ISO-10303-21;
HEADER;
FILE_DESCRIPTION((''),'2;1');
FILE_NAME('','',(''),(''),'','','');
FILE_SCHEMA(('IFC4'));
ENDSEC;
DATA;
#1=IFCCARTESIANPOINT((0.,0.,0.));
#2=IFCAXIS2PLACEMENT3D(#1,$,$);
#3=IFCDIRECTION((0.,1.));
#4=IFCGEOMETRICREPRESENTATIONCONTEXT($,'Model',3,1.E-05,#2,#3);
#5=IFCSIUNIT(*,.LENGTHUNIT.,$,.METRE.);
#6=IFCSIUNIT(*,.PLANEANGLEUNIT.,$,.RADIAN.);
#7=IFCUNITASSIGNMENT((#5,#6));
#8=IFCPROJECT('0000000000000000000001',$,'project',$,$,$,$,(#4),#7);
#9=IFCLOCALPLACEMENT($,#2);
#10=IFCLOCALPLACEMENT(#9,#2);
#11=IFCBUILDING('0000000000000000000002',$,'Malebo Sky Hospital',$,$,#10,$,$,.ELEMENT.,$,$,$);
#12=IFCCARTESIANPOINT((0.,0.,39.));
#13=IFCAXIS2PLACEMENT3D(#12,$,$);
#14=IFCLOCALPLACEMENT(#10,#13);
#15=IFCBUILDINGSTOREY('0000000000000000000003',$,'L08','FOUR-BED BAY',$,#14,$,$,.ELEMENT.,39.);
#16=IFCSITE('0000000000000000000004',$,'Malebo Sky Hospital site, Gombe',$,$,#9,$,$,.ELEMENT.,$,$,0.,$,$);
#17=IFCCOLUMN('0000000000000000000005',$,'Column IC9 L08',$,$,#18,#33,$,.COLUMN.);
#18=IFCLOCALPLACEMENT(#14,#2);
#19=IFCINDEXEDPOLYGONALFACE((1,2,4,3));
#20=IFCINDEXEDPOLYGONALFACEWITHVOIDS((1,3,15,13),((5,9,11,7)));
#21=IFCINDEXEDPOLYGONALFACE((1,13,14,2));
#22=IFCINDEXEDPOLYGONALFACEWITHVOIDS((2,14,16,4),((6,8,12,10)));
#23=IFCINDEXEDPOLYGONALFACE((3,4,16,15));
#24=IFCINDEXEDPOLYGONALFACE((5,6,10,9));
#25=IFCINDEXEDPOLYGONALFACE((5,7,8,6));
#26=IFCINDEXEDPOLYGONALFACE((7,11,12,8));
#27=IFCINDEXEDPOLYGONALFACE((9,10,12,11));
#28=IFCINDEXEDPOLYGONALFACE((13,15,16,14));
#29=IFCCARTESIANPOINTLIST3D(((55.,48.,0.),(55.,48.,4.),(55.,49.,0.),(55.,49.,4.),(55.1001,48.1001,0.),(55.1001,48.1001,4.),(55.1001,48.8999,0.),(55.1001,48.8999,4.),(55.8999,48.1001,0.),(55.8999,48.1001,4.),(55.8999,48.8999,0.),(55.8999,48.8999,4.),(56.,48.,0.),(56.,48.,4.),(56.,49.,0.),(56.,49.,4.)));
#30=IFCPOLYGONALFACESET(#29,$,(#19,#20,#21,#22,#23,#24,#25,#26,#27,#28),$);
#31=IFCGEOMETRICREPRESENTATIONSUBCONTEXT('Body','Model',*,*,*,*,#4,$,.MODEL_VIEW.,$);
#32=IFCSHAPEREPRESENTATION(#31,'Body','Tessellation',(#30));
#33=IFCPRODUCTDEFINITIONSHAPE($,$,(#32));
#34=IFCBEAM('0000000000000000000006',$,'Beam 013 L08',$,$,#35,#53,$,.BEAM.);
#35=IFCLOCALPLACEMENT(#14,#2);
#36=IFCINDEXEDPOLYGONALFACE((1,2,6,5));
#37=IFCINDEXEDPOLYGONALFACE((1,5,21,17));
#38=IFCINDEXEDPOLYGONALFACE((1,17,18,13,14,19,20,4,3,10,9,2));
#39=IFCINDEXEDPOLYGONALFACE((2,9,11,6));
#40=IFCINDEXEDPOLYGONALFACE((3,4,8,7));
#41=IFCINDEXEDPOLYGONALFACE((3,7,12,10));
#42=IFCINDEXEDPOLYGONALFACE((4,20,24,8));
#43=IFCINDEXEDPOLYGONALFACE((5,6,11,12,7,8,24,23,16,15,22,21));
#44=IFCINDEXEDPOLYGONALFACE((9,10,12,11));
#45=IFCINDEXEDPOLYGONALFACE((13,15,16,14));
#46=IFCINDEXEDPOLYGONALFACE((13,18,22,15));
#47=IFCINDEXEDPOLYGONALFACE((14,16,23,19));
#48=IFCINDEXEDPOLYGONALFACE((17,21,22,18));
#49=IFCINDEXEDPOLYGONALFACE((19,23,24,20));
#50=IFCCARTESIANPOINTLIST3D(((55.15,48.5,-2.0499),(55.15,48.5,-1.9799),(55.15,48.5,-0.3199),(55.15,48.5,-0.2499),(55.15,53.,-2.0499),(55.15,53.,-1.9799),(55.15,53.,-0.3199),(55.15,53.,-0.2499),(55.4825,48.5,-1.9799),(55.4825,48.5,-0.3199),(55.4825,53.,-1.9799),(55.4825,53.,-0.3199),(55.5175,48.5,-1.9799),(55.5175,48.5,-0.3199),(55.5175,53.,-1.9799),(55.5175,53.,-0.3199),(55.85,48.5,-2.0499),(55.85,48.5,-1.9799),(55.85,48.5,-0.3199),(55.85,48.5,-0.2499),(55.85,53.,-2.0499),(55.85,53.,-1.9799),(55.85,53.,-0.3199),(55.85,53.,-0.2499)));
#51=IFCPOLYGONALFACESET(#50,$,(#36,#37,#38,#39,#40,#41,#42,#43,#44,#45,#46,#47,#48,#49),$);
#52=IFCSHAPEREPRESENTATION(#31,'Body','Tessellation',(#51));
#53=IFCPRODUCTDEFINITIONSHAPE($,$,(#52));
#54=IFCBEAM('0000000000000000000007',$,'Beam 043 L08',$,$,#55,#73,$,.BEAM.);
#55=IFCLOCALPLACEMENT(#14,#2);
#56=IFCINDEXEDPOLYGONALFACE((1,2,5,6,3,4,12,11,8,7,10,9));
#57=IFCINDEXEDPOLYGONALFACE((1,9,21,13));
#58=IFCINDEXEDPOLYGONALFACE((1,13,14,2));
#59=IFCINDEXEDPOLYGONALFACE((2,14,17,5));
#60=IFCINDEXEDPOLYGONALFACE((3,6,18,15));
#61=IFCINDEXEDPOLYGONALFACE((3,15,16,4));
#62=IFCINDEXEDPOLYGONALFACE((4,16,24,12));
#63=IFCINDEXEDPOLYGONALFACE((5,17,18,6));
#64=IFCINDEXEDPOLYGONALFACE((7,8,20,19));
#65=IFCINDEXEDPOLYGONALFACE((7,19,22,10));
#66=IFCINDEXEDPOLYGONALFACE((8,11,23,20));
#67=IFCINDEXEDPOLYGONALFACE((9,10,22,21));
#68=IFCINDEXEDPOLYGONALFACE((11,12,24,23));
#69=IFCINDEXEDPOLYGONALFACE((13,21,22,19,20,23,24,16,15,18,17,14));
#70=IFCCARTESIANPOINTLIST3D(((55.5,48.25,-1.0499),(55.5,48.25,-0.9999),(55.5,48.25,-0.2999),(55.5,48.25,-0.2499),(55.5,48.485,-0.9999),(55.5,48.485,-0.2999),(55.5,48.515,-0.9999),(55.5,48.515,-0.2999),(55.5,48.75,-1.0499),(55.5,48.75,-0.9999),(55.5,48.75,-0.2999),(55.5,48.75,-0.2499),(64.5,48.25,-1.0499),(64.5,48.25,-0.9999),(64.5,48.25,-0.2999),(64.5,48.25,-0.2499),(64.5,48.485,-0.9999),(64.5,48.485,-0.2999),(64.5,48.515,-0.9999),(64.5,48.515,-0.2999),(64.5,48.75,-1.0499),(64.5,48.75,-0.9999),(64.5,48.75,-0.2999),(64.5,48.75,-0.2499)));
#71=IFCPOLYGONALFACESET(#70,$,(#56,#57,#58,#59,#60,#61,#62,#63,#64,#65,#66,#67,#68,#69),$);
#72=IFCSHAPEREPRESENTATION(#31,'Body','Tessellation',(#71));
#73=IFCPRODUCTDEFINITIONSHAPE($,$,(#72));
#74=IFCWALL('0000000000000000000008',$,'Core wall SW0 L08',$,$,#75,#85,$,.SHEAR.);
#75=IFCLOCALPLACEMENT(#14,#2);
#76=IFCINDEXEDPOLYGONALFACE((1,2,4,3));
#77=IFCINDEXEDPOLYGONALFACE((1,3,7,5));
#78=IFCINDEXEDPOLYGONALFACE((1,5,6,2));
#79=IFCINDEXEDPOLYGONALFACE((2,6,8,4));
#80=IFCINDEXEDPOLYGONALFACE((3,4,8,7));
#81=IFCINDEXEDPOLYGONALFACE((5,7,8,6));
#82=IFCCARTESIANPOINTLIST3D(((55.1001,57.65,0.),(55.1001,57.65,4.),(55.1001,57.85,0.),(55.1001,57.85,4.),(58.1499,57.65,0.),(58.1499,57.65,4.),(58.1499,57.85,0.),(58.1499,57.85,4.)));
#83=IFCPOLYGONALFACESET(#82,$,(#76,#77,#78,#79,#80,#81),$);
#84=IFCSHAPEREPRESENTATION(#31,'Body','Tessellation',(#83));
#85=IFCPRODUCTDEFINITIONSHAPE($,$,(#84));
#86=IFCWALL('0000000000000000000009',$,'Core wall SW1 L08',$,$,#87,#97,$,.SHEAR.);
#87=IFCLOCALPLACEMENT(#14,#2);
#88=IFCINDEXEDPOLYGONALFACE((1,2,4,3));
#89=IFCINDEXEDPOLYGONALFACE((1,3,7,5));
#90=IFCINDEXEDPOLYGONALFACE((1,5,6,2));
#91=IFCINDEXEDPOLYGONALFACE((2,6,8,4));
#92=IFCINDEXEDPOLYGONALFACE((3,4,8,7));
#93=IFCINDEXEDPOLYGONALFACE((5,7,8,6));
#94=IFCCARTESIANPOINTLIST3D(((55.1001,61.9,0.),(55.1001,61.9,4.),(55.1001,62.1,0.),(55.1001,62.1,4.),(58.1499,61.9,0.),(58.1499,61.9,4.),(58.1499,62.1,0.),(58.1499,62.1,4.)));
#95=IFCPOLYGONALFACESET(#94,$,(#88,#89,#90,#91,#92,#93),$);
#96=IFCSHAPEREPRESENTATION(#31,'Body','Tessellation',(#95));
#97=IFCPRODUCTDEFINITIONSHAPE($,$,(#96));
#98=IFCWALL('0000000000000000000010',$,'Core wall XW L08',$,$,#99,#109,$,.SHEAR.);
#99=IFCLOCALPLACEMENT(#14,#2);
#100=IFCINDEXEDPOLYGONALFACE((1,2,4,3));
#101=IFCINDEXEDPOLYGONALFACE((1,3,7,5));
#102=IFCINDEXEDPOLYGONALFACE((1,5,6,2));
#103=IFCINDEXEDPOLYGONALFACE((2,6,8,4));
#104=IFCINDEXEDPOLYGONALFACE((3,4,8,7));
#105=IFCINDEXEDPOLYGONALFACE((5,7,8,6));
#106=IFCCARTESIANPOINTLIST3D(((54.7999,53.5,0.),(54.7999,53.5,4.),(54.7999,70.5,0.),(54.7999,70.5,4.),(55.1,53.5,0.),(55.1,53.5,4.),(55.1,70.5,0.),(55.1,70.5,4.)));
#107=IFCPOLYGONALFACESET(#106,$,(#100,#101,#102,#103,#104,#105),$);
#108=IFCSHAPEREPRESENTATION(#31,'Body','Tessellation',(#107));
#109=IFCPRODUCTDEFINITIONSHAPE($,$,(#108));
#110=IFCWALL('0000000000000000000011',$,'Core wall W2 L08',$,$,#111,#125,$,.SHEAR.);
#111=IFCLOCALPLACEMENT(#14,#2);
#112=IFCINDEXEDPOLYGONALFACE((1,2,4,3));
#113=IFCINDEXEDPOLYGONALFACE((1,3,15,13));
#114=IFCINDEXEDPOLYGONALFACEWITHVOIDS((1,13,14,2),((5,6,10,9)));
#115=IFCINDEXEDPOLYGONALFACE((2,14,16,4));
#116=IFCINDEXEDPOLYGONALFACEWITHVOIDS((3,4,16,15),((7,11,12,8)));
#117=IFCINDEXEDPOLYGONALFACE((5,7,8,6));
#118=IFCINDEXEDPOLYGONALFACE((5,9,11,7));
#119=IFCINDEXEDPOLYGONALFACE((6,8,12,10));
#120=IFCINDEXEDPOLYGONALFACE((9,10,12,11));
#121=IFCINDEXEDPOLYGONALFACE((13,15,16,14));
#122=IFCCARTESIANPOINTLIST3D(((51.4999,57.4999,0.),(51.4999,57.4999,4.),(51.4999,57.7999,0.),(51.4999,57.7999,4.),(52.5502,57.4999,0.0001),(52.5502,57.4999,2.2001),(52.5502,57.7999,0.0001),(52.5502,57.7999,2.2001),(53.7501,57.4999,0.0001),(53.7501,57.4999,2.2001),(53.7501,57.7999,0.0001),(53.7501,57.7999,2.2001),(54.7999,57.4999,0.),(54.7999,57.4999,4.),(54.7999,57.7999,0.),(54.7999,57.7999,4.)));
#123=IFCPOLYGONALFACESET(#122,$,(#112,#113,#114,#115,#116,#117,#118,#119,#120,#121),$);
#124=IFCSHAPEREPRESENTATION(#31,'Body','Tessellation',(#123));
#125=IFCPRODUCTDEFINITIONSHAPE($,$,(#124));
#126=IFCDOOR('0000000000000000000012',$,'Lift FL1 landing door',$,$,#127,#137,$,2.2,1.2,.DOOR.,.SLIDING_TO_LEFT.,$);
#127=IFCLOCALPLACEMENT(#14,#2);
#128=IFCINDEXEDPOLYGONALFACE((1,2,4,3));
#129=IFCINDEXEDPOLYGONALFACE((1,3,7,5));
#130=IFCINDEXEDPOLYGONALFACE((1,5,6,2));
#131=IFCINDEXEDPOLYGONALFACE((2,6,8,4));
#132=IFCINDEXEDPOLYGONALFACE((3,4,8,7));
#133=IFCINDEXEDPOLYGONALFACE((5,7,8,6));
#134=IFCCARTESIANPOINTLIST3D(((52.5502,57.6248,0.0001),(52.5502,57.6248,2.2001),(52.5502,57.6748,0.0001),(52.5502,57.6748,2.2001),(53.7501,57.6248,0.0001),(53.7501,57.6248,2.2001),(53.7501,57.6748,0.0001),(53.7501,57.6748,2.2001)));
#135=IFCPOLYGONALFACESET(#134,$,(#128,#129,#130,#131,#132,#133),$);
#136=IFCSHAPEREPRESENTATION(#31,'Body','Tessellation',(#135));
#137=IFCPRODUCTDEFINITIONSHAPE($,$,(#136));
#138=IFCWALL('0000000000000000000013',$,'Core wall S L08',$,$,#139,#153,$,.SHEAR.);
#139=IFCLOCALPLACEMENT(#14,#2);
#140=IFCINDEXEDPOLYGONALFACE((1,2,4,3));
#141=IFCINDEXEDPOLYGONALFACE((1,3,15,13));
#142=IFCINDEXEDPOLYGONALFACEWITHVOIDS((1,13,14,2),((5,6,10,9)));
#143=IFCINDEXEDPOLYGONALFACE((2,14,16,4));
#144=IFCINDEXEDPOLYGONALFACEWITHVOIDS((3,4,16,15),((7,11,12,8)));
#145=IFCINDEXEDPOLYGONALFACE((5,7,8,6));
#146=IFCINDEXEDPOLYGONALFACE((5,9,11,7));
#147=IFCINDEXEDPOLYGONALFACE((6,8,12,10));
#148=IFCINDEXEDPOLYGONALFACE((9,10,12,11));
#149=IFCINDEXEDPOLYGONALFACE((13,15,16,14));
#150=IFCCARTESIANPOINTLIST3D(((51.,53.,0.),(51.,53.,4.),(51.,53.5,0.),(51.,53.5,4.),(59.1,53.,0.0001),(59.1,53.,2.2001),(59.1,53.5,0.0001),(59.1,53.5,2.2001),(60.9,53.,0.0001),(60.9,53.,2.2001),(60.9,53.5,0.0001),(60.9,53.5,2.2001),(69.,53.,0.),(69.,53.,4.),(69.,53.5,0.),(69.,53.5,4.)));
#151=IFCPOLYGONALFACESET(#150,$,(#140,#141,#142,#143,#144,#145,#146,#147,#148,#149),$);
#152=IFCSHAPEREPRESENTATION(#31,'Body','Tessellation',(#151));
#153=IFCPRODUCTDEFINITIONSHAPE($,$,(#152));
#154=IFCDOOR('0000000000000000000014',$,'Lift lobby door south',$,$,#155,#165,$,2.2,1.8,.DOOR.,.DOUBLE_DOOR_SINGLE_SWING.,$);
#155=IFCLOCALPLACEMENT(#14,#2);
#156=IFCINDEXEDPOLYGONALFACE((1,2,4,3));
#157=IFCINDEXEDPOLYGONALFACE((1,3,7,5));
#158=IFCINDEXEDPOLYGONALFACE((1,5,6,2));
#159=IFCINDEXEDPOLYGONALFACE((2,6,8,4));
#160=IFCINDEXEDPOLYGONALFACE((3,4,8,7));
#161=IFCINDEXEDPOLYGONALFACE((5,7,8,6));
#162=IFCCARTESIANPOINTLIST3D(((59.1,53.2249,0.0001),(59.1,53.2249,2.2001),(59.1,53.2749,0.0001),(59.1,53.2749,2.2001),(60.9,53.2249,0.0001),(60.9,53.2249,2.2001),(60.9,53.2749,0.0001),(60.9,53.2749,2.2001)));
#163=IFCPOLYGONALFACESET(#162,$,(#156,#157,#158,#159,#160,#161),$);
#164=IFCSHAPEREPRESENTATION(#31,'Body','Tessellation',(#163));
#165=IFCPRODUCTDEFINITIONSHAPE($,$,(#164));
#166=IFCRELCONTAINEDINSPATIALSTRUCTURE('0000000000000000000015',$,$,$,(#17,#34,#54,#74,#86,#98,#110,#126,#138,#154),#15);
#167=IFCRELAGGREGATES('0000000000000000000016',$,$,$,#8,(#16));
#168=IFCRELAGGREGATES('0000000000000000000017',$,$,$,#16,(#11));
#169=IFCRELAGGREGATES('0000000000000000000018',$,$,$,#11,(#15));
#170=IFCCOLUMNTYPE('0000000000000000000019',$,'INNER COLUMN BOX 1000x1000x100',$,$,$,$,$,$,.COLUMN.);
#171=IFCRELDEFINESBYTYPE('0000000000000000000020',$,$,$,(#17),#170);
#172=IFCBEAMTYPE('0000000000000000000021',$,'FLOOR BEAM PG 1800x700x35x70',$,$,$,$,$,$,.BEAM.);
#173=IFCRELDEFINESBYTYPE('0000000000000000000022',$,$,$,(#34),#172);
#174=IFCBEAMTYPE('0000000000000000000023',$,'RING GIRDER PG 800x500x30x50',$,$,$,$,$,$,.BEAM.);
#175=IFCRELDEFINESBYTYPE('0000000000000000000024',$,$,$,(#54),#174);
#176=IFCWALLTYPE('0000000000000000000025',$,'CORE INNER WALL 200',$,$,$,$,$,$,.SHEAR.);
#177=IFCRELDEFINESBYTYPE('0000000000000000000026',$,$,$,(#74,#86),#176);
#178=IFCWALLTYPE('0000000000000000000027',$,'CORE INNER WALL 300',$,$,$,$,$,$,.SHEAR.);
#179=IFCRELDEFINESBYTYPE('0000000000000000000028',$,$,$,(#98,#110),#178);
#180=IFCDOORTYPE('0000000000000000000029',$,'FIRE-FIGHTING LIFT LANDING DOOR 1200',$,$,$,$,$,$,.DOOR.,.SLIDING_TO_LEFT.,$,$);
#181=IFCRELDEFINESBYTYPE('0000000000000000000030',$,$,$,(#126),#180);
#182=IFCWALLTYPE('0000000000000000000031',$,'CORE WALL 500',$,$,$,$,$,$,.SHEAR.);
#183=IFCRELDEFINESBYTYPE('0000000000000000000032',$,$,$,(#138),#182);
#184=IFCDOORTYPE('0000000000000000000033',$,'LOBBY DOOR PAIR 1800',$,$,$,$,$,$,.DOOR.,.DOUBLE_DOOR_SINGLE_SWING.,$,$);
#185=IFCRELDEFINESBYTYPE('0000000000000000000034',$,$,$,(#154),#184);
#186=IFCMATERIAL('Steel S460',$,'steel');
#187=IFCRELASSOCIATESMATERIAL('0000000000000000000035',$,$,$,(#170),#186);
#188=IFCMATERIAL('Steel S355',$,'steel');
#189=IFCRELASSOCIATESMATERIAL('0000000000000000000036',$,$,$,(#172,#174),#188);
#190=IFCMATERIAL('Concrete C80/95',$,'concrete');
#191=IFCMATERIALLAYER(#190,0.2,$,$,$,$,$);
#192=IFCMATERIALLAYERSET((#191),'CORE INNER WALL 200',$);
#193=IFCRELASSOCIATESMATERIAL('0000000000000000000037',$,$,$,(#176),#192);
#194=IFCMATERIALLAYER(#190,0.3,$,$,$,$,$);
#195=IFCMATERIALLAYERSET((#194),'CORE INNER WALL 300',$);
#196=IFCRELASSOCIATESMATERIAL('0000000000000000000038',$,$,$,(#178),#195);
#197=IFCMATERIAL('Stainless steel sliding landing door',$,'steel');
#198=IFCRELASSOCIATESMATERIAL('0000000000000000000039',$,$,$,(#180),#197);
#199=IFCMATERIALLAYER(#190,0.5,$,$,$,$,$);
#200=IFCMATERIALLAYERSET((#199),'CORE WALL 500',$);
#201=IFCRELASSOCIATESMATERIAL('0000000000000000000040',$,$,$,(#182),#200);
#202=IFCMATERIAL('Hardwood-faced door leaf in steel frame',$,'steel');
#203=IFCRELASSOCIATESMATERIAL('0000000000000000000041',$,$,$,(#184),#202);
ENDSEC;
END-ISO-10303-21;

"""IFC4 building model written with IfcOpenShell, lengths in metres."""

from ifc_helpers import new_model, si_unit, direction, frame, frame_2d, origin, origin_2d, place, context, subcontext, project, spatial, rectangle, hollow_rectangle, i_section, extrude, material, layer, layer_set, material_profile, profile_set, type_object, element, fill, save


model = new_model("IFC4")

# Units and contexts
model_context = context("Model", 3, precision=1e-05, world=origin(), true_north=direction((0.0, 1.0)))
body_context = subcontext(model_context, "Body", "Model", "MODEL_VIEW")
ifc_project = project(units=[si_unit("LENGTHUNIT", "METRE"), si_unit("PLANEANGLEUNIT", "RADIAN")], contexts=[model_context])

# Site, building, storey
site_placement = place(None, origin())
site = spatial("IfcSite", under=ifc_project, at=site_placement, Name="Malebo Sky Hospital site, Gombe", CompositionType="ELEMENT", RefElevation=0.0)
building_placement = place(site_placement, origin())
building = spatial("IfcBuilding", under=site, at=building_placement, Name="Malebo Sky Hospital", CompositionType="ELEMENT")
storey_placement = place(building_placement, frame((0.0, 0.0, 39.0)))
storey = spatial("IfcBuildingStorey", under=building, at=storey_placement, Name="L08", Description="FOUR-BED BAY", CompositionType="ELEMENT", Elevation=39.0)

# Column
ifc_material_1 = material(Name="Steel S460", Category="steel")
ifc_material_profile_1 = material_profile(ifc_material_1, hollow_rectangle(XDim=1.0, YDim=1.0, WallThickness=0.1001, at=origin_2d()), Name="BOX 1000x1000x100")
ifc_profile_set_1 = profile_set([ifc_material_profile_1], Name="Steel S460")
column_type = type_object("IfcColumnType", Name="INNER COLUMN BOX 1000x1000x100", PredefinedType="COLUMN", material=ifc_profile_set_1)
column_placement = place(storey_placement, frame((55.5, 48.5, 0.0), z_axis=(0.0, 0.0, 1.0), x_axis=(1.0, 0.0, 0.0)))
element("IfcColumn", 1, at=column_placement, inside=storey, type_object=column_type, Name="Column IC9 L08", PredefinedType="COLUMN", context=body_context, shape_type="SweptSolid", body=[
    extrude(hollow_rectangle(XDim=1.0, YDim=1.0, WallThickness=0.1001, at=origin_2d()), origin(), (0.0, 0.0, 1.0), 4.0),
])

# Beams
ifc_material_2 = material(Name="Steel S355", Category="steel")
ifc_material_profile_2 = material_profile(ifc_material_2, i_section(OverallWidth=0.7, OverallDepth=1.8, WebThickness=0.0349, FlangeThickness=0.0701, at=origin_2d()), Name="PG 1800x700x35x70")
ifc_profile_set_2 = profile_set([ifc_material_profile_2], Name="Steel S355")
beam_type_1 = type_object("IfcBeamType", Name="FLOOR BEAM PG 1800x700x35x70", PredefinedType="BEAM", material=ifc_profile_set_2)
beam_1_placement = place(storey_placement, frame((55.5, 48.5, -1.1499), z_axis=(0.0, 1.0, 0.0), x_axis=(-1.0, 0.0, 0.0)))
element("IfcBeam", 2, at=beam_1_placement, inside=storey, type_object=beam_type_1, Name="Beam 013 L08", PredefinedType="BEAM", context=body_context, shape_type="SweptSolid", body=[
    extrude(i_section(OverallWidth=0.7, OverallDepth=1.8, WebThickness=0.0349, FlangeThickness=0.0701, at=origin_2d()), origin(), (0.0, 0.0, 1.0), 4.5),
])
ifc_material_profile_3 = material_profile(ifc_material_2, i_section(OverallWidth=0.5, OverallDepth=0.8, WebThickness=0.03, FlangeThickness=0.05, at=origin_2d()), Name="PG 800x500x30x50")
ifc_profile_set_3 = profile_set([ifc_material_profile_3], Name="Steel S355")
beam_type_2 = type_object("IfcBeamType", Name="RING GIRDER PG 800x500x30x50", PredefinedType="BEAM", material=ifc_profile_set_3)
beam_2_placement = place(storey_placement, frame((55.5, 48.5, -0.6499), z_axis=(1.0, 0.0, 0.0), x_axis=(0.0, 1.0, 0.0)))
element("IfcBeam", 3, at=beam_2_placement, inside=storey, type_object=beam_type_2, Name="Beam 043 L08", PredefinedType="BEAM", context=body_context, shape_type="SweptSolid", body=[
    extrude(i_section(OverallWidth=0.5, OverallDepth=0.8, WebThickness=0.03, FlangeThickness=0.05, at=origin_2d()), origin(), (0.0, 0.0, 1.0), 9.0),
])

# Walls
ifc_material_3 = material(Name="Concrete C80/95", Category="concrete")
ifc_layer_1 = layer(ifc_material_3, 0.2)
ifc_layer_set_1 = layer_set([ifc_layer_1], Name="CORE INNER WALL 200")
wall_type_1 = type_object("IfcWallType", Name="CORE INNER WALL 200", PredefinedType="SHEAR", material=ifc_layer_set_1)
for number, where, z_axis, x_axis, name in (
    (4, (55.1001, 57.75, 0.0), (0.0, 0.0, 1.0), (1.0, 0.0, 0.0), "Core wall SW0 L08"),
    (5, (55.1001, 62.0, 0.0), (0.0, 0.0, 1.0), (1.0, 0.0, 0.0), "Core wall SW1 L08"),
):
    element("IfcWall", number, at=place(storey_placement, frame(where, z_axis=z_axis, x_axis=x_axis)), inside=storey, type_object=wall_type_1, Name=name, PredefinedType="SHEAR", context=body_context, shape_type="SweptSolid", body=[
        extrude(rectangle(XDim=3.0498, YDim=0.2, at=frame_2d((1.5249, 0.0))), origin(), (0.0, 0.0, 1.0), 4.0),
    ])
ifc_layer_2 = layer(ifc_material_3, 0.3)
ifc_layer_set_2 = layer_set([ifc_layer_2], Name="CORE INNER WALL 300")
wall_type_2 = type_object("IfcWallType", Name="CORE INNER WALL 300", PredefinedType="SHEAR", material=ifc_layer_set_2)
wall_1_placement = place(storey_placement, frame((54.95, 53.5, 0.0), z_axis=(0.0, 0.0, 1.0), x_axis=(0.0, 1.0, 0.0)))
element("IfcWall", 6, at=wall_1_placement, inside=storey, type_object=wall_type_2, Name="Core wall XW L08", PredefinedType="SHEAR", context=body_context, shape_type="SweptSolid", body=[
    extrude(rectangle(XDim=17.0, YDim=0.3, at=frame_2d((8.5, 0.0))), origin(), (0.0, 0.0, 1.0), 4.0),
])

# Walls, openings, doors
wall_2_placement = place(storey_placement, frame((51.5, 57.6499, 0.0), z_axis=(0.0, 0.0, 1.0), x_axis=(1.0, 0.0, 0.0)))
wall_2 = element("IfcWall", 7, at=wall_2_placement, inside=storey, type_object=wall_type_2, Name="Core wall W2 L08", PredefinedType="SHEAR", context=body_context, shape_type="SweptSolid", body=[
    extrude(rectangle(XDim=3.3, YDim=0.3, at=frame_2d((1.6499, 0.0))), origin(), (0.0, 0.0, 1.0), 4.0),
])
opening_1_placement = place(wall_2_placement, frame((1.05, 0.0, 0.0)))
opening_1 = element("IfcOpeningElement", 8, at=opening_1_placement, cuts=wall_2, PredefinedType="OPENING", context=body_context, shape_type="SweptSolid", body=[
    extrude(rectangle(XDim=1.2, YDim=2.2, at=frame_2d((0.6001, 1.1001))), frame((0.0, 0.1599, 0.0), z_axis=(0.0, -1.0, 0.0), x_axis=(1.0, 0.0, 0.0)), (0.0, 0.0, 1.0), 0.3201),
])
ifc_material_4 = material(Name="Stainless steel sliding landing door", Category="steel")
door_type_1 = type_object("IfcDoorType", Name="FIRE-FIGHTING LIFT LANDING DOOR 1200", OperationType="SLIDING_TO_LEFT", PredefinedType="DOOR", material=ifc_material_4)
door_1_placement = place(opening_1_placement, origin())
door_1 = element("IfcDoor", 9, at=door_1_placement, inside=storey, type_object=door_type_1, Name="Lift FL1 landing door", OperationType="SLIDING_TO_LEFT", OverallHeight=2.2, OverallWidth=1.2, PredefinedType="DOOR", context=body_context, shape_type="SweptSolid", body=[
    extrude(rectangle(XDim=1.2, YDim=2.2, at=frame_2d((0.6001, 1.1001))), frame((0.0, 0.0249, 0.0), z_axis=(0.0, -1.0, 0.0), x_axis=(1.0, 0.0, 0.0)), (0.0, 0.0, 1.0), 0.05),
])
fill(opening_1, door_1)
ifc_layer_3 = layer(ifc_material_3, 0.5)
ifc_layer_set_3 = layer_set([ifc_layer_3], Name="CORE WALL 500")
wall_type_3 = type_object("IfcWallType", Name="CORE WALL 500", PredefinedType="SHEAR", material=ifc_layer_set_3)
wall_3_placement = place(storey_placement, frame((51.0, 53.25, 0.0), z_axis=(0.0, 0.0, 1.0), x_axis=(1.0, 0.0, 0.0)))
wall_3 = element("IfcWall", 10, at=wall_3_placement, inside=storey, type_object=wall_type_3, Name="Core wall S L08", PredefinedType="SHEAR", context=body_context, shape_type="SweptSolid", body=[
    extrude(rectangle(XDim=18.0, YDim=0.5, at=frame_2d((9.0, 0.0))), origin(), (0.0, 0.0, 1.0), 4.0),
])
opening_2_placement = place(wall_3_placement, frame((8.1001, 0.0, 0.0)))
opening_2 = element("IfcOpeningElement", 11, at=opening_2_placement, cuts=wall_3, PredefinedType="OPENING", context=body_context, shape_type="SweptSolid", body=[
    extrude(rectangle(XDim=1.8, YDim=2.2, at=frame_2d((0.8999, 1.1001))), frame((0.0, 0.26, 0.0), z_axis=(0.0, -1.0, 0.0), x_axis=(1.0, 0.0, 0.0)), (0.0, 0.0, 1.0), 0.52),
])
ifc_material_5 = material(Name="Hardwood-faced door leaf in steel frame", Category="steel")
door_type_2 = type_object("IfcDoorType", Name="LOBBY DOOR PAIR 1800", OperationType="DOUBLE_DOOR_SINGLE_SWING", PredefinedType="DOOR", material=ifc_material_5)
door_2_placement = place(opening_2_placement, origin())
door_2 = element("IfcDoor", 12, at=door_2_placement, inside=storey, type_object=door_type_2, Name="Lift lobby door south", OperationType="DOUBLE_DOOR_SINGLE_SWING", OverallHeight=2.2, OverallWidth=1.8, PredefinedType="DOOR", context=body_context, shape_type="SweptSolid", body=[
    extrude(rectangle(XDim=1.8, YDim=2.2, at=frame_2d((0.8999, 1.1001))), frame((0.0, 0.0249, 0.0), z_axis=(0.0, -1.0, 0.0), x_axis=(1.0, 0.0, 0.0)), (0.0, 0.0, 1.0), 0.05),
])
fill(opening_2, door_2)

save(model, "model.ifc")
